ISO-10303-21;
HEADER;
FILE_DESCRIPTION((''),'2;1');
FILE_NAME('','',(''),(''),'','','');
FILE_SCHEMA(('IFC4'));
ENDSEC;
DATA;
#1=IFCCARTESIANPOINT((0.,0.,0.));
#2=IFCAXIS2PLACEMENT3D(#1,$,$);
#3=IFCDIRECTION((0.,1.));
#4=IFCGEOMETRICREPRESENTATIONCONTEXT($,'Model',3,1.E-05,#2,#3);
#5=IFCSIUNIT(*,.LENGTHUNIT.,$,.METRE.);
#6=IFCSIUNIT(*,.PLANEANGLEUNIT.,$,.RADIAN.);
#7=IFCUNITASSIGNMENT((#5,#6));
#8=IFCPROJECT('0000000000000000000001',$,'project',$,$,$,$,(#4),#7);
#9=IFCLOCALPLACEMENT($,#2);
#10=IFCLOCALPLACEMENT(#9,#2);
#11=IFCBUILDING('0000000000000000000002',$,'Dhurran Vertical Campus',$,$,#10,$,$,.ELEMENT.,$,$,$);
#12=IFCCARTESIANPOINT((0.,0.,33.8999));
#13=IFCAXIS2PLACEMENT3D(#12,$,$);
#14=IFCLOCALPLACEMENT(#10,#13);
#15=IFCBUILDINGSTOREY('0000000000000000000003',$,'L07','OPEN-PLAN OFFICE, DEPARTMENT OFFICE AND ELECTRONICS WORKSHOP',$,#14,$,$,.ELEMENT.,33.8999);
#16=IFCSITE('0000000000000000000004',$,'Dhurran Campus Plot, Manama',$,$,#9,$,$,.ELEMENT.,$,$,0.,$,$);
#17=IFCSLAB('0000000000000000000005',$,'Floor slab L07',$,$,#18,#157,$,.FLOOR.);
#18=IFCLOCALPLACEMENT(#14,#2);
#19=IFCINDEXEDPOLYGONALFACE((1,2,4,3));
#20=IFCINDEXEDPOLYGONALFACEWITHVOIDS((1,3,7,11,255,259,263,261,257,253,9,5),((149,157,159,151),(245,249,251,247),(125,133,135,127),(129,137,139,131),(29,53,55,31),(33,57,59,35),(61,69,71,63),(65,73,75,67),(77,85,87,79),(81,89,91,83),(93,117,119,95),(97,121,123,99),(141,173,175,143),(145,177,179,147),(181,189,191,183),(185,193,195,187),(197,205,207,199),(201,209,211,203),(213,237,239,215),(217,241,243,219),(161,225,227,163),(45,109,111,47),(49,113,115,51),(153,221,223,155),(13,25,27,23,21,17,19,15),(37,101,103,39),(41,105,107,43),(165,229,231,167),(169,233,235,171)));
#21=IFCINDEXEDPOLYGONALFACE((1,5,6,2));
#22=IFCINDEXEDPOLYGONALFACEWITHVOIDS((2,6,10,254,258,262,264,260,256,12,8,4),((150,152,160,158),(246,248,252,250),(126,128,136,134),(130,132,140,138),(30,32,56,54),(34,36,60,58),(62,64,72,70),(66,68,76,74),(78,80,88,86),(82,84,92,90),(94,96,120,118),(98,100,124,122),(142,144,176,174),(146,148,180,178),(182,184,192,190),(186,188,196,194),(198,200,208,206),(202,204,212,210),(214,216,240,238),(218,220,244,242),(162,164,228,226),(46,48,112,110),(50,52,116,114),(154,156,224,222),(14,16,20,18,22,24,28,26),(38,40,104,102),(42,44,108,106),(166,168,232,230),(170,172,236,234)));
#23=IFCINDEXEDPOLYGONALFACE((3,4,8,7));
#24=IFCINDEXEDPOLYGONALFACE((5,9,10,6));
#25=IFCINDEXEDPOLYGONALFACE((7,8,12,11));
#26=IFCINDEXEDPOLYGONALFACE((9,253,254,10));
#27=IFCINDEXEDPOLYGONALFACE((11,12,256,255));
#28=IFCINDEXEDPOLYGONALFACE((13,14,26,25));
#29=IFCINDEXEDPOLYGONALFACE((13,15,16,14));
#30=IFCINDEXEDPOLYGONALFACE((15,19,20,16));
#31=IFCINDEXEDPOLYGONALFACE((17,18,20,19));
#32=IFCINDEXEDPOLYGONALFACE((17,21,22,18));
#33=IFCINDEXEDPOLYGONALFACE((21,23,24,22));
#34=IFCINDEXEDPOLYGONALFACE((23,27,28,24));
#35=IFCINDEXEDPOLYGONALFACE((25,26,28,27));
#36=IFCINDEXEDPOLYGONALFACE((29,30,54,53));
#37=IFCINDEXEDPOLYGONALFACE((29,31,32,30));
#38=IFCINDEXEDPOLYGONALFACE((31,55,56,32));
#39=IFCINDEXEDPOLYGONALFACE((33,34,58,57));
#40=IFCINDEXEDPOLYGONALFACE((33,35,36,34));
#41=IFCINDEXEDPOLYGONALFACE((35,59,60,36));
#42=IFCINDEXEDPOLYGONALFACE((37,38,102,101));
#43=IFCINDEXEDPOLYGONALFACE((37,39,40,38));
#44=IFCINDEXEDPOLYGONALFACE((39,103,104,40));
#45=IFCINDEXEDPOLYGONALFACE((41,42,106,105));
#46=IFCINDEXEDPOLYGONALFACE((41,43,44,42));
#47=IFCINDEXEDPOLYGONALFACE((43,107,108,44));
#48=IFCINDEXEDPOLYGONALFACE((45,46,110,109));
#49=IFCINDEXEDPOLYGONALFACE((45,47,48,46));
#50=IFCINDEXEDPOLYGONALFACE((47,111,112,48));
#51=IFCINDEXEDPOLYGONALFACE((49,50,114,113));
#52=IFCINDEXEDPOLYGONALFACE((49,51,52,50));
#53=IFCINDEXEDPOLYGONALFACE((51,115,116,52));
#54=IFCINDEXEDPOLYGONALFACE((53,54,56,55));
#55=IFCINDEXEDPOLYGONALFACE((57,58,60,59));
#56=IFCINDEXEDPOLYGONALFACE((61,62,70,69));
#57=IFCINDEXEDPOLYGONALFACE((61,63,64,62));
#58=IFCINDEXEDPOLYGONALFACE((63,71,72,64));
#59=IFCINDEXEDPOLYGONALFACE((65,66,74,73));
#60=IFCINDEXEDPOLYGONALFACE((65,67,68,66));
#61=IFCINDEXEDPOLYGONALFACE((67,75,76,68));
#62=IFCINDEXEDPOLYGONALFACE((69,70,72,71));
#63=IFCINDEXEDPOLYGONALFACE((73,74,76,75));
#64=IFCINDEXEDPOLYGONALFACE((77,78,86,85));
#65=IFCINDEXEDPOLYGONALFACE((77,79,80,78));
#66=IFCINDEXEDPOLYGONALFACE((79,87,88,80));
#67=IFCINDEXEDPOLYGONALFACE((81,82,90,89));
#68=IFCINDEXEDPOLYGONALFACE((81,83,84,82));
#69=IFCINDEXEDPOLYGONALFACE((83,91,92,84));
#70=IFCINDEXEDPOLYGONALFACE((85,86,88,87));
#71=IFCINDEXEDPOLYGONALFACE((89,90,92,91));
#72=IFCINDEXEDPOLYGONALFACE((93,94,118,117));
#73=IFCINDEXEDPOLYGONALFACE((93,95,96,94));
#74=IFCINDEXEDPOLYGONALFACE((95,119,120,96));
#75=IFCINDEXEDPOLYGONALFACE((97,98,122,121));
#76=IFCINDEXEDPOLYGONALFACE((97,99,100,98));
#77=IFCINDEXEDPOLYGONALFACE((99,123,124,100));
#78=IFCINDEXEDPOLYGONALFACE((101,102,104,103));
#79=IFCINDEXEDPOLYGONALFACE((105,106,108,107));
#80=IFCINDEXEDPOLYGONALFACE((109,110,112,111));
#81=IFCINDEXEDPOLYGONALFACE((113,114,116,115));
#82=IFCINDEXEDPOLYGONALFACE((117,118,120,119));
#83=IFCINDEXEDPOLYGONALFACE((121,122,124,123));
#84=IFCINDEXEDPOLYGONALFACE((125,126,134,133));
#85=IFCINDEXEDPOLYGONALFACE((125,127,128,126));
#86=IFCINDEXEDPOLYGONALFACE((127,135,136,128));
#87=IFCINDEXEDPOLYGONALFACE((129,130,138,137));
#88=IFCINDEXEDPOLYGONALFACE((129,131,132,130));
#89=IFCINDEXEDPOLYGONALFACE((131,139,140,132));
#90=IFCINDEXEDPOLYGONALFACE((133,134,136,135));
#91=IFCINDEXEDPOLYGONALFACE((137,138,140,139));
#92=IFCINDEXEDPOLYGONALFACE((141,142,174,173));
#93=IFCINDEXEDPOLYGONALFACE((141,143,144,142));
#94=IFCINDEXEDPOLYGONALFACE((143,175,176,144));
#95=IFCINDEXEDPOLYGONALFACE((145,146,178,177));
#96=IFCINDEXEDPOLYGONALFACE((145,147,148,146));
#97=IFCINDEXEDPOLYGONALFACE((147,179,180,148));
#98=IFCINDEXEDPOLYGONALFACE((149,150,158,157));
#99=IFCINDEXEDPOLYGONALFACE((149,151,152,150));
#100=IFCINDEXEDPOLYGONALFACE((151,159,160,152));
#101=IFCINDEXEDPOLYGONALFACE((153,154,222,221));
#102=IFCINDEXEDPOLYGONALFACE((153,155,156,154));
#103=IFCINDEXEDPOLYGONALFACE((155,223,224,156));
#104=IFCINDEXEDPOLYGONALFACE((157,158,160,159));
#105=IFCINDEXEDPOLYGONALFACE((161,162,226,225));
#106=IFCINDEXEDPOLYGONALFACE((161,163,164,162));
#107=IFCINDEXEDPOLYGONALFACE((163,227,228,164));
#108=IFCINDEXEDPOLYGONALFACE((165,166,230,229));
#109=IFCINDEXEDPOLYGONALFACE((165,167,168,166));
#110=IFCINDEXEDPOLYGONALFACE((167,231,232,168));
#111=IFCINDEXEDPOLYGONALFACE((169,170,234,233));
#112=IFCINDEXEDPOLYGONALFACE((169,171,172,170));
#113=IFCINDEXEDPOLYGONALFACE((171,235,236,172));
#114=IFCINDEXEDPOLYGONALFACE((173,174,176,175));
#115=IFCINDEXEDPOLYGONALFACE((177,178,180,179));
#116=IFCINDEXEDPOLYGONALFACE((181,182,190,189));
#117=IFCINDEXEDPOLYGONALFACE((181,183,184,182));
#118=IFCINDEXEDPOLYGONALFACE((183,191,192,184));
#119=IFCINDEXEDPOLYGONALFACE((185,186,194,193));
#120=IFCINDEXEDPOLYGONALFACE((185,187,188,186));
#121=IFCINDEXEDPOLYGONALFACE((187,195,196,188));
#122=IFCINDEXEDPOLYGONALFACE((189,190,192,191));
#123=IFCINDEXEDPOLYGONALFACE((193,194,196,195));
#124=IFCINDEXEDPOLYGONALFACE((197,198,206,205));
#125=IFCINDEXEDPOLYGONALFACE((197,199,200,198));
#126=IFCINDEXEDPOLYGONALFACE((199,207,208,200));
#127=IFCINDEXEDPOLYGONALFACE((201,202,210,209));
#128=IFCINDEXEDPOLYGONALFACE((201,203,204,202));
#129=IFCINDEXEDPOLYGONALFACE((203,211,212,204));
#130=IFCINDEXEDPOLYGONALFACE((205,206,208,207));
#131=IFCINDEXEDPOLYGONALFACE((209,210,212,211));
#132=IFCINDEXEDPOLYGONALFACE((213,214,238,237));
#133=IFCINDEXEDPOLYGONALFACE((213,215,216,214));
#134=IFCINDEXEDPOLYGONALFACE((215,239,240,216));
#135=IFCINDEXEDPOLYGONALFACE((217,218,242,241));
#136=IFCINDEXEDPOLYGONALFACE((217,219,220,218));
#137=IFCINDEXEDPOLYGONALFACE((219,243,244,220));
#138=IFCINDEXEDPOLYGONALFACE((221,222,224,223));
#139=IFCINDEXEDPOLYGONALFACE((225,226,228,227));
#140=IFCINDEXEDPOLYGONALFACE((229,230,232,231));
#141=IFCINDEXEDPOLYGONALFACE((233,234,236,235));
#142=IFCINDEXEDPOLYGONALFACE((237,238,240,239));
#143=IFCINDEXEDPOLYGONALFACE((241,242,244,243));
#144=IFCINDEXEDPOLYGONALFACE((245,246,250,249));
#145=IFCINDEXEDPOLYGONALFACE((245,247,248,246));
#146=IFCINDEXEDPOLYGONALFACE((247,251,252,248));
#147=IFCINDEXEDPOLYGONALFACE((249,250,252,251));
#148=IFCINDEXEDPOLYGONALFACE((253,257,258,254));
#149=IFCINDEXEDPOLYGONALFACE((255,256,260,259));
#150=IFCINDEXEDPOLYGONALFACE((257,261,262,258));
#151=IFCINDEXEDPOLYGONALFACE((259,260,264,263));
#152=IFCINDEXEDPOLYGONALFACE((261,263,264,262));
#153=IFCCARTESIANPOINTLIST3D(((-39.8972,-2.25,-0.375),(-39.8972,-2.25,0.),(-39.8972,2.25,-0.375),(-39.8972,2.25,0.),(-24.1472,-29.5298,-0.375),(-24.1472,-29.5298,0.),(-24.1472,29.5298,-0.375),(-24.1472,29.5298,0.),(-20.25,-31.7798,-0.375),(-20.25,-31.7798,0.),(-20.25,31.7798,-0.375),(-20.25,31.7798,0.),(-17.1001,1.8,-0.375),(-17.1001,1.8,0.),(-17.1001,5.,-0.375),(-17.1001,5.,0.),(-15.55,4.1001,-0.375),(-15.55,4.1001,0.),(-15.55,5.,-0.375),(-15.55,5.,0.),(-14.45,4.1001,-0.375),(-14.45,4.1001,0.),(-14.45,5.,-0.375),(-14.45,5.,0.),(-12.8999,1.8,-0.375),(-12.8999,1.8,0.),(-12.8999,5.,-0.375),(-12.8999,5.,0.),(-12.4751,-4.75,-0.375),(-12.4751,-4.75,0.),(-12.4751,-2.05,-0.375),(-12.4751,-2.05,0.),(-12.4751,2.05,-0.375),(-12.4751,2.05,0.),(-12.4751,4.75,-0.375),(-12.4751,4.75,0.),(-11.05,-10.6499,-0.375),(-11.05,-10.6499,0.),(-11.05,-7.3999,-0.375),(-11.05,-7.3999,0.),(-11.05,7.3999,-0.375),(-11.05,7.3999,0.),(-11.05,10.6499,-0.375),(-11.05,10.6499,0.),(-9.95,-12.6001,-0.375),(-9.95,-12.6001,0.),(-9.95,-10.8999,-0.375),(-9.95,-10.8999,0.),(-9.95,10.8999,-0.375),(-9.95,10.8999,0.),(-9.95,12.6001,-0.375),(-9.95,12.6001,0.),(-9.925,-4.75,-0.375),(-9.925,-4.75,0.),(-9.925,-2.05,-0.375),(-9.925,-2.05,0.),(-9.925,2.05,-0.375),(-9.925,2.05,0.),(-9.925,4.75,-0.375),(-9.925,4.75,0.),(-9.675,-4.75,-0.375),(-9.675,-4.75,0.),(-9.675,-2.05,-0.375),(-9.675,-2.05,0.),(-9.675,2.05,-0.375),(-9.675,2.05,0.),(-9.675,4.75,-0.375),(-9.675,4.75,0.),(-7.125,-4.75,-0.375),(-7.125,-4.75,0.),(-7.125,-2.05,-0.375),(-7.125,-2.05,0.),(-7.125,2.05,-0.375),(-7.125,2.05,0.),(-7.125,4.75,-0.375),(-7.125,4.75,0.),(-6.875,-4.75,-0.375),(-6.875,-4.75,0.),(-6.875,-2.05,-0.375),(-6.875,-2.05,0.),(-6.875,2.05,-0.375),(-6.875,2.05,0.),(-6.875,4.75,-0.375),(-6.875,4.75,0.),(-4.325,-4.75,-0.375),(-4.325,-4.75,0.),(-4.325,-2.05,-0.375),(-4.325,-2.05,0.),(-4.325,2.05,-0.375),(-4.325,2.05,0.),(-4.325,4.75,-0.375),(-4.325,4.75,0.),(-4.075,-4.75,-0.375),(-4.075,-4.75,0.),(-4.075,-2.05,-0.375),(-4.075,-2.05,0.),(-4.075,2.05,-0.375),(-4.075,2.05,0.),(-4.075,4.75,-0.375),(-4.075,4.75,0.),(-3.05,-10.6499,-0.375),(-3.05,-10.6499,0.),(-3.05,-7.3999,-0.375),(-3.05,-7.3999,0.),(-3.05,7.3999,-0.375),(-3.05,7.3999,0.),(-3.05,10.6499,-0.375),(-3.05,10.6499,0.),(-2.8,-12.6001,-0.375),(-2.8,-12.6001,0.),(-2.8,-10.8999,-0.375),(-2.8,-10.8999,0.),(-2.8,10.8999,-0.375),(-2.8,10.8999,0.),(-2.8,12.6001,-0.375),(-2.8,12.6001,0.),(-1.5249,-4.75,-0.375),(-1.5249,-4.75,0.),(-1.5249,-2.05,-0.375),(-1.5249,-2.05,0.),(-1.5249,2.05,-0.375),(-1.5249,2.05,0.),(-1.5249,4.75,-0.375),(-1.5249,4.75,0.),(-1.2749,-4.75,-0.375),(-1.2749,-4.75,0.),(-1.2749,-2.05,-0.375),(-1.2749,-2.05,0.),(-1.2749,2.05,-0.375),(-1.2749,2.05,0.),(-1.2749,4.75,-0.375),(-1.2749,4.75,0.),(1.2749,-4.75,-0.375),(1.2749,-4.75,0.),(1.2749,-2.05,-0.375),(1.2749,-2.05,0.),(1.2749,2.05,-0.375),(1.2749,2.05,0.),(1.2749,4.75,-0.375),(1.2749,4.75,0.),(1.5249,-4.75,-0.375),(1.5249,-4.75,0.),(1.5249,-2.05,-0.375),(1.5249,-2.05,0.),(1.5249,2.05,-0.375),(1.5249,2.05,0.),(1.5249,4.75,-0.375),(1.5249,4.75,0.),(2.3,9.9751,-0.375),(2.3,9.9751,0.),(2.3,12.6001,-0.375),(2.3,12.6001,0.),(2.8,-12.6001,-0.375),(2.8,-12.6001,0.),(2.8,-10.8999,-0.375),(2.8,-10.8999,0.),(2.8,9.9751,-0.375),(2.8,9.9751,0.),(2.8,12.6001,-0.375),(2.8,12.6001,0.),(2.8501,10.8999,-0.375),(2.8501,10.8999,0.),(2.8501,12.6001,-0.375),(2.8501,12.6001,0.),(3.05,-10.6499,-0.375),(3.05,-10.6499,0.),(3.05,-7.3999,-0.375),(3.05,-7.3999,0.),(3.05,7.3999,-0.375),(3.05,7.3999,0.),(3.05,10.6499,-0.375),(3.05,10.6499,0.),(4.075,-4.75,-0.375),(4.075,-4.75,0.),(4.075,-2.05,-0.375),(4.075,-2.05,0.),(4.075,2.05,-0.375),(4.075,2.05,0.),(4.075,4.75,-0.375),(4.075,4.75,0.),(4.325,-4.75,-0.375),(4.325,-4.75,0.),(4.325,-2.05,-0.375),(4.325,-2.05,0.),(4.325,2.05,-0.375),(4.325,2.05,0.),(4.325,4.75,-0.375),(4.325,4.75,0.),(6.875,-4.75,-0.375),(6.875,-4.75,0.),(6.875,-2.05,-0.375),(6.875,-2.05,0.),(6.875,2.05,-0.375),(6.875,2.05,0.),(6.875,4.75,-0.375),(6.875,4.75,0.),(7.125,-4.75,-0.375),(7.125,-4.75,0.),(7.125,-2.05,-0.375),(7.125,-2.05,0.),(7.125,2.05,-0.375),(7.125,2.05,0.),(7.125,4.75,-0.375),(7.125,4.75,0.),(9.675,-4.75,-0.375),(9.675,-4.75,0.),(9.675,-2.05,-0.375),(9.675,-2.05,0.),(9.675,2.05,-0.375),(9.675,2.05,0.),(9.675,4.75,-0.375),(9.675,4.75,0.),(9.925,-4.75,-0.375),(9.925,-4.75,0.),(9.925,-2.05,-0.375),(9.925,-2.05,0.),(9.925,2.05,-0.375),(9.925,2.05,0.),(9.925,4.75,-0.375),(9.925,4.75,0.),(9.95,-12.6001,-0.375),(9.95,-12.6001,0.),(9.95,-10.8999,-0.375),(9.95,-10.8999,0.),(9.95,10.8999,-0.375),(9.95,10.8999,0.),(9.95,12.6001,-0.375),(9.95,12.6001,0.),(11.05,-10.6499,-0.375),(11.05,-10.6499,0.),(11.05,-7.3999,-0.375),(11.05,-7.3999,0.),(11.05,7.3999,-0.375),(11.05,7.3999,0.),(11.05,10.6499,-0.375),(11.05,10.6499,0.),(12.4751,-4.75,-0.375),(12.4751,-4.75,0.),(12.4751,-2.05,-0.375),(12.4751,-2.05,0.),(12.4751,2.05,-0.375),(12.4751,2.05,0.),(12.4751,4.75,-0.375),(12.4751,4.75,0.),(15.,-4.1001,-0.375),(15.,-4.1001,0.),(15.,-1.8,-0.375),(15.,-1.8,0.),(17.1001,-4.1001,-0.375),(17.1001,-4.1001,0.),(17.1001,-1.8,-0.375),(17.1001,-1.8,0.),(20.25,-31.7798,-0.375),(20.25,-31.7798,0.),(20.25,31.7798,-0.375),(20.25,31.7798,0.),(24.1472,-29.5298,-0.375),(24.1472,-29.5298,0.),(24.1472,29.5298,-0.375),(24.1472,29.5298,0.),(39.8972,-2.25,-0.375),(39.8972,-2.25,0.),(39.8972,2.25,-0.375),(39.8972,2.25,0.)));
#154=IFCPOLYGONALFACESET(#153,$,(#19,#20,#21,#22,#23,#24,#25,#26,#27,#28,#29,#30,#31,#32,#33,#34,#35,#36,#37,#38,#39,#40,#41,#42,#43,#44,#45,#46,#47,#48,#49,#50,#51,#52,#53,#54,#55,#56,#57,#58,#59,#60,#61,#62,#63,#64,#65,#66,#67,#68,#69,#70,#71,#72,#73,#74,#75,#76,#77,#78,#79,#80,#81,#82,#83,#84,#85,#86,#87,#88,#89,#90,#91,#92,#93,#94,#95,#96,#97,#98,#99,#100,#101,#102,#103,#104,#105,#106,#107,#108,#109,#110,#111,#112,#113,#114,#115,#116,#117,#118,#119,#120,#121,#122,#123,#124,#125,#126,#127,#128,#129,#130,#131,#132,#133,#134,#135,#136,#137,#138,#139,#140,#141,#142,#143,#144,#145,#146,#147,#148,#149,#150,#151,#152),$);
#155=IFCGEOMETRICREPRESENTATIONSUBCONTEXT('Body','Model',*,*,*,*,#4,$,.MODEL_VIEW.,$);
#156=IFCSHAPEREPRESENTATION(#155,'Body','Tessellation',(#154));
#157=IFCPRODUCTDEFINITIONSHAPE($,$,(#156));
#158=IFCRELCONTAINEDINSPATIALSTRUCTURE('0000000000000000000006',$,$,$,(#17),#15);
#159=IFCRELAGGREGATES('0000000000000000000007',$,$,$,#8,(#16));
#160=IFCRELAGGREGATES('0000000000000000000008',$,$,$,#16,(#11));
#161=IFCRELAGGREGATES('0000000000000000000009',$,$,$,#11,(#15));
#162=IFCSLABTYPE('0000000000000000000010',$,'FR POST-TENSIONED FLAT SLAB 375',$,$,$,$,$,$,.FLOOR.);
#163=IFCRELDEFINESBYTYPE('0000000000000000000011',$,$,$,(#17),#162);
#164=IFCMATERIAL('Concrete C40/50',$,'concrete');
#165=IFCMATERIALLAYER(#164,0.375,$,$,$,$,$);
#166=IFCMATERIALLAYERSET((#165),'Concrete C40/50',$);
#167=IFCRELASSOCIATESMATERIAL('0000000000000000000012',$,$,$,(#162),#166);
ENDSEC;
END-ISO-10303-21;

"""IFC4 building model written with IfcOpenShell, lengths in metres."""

from ifc_helpers import new_model, si_unit, direction, frame, origin, place, context, subcontext, project, spatial, polyline, outline, extrude, material, layer, layer_set, type_object, element, save


model = new_model("IFC4")

# Units and contexts
model_context = context("Model", 3, precision=1e-05, world=origin(), true_north=direction((0.0, 1.0)))
body_context = subcontext(model_context, "Body", "Model", "MODEL_VIEW")
ifc_project = project(units=[si_unit("LENGTHUNIT", "METRE"), si_unit("PLANEANGLEUNIT", "RADIAN")], contexts=[model_context])

# Site, building, storey
site_placement = place(None, origin())
site = spatial("IfcSite", under=ifc_project, at=site_placement, Name="Dhurran Campus Plot, Manama", CompositionType="ELEMENT", RefElevation=0.0)
building_placement = place(site_placement, origin())
building = spatial("IfcBuilding", under=site, at=building_placement, Name="Dhurran Vertical Campus", CompositionType="ELEMENT")
storey_placement = place(building_placement, frame((0.0, 0.0, 33.8999)))
storey = spatial("IfcBuildingStorey", under=building, at=storey_placement, Name="L07", Description="OPEN-PLAN OFFICE, DEPARTMENT OFFICE AND ELECTRONICS WORKSHOP", CompositionType="ELEMENT", Elevation=33.8999)

# Slab
ifc_material_1 = material(Name="Concrete C40/50", Category="concrete")
ifc_layer_1 = layer(ifc_material_1, 0.375)
ifc_layer_set_1 = layer_set([ifc_layer_1], Name="Concrete C40/50")
slab_type = type_object("IfcSlabType", Name="FR POST-TENSIONED FLAT SLAB 375", PredefinedType="FLOOR", material=ifc_layer_set_1)
slab_placement = place(storey_placement, frame((0.0, 0.0, -0.375)))
element("IfcSlab", 1, at=slab_placement, inside=storey, type_object=slab_type, Name="Floor slab L07", PredefinedType="FLOOR", context=body_context, shape_type="SweptSolid", body=[
    extrude(outline(polyline([(-20.25, -31.7798), (20.25, -31.7798), (24.1472, -29.5298), (39.8972, -2.25), (39.8972, 2.25), (24.1472, 29.5298), (20.25, 31.7798), (-20.25, 31.7798), (-24.1472, 29.5298), (-39.8972, 2.25), (-39.8972, -2.25), (-24.1472, -29.5298), (-20.25, -31.7798)]), holes=[polyline([(-12.4751, 2.05), (-9.925, 2.05), (-9.925, 4.75), (-12.4751, 4.75), (-12.4751, 2.05)]), polyline([(-9.675, 2.05), (-7.125, 2.05), (-7.125, 4.75), (-9.675, 4.75), (-9.675, 2.05)]), polyline([(-6.875, 2.05), (-4.325, 2.05), (-4.325, 4.75), (-6.875, 4.75), (-6.875, 2.05)]), polyline([(-1.2749, 2.05), (1.2749, 2.05), (1.2749, 4.75), (-1.2749, 4.75), (-1.2749, 2.05)]), polyline([(9.925, 2.05), (12.4751, 2.05), (12.4751, 4.75), (9.925, 4.75), (9.925, 2.05)]), polyline([(-1.2749, -4.75), (1.2749, -4.75), (1.2749, -2.05), (-1.2749, -2.05), (-1.2749, -4.75)]), polyline([(1.5249, -4.75), (4.075, -4.75), (4.075, -2.05), (1.5249, -2.05), (1.5249, -4.75)]), polyline([(4.325, -4.75), (6.875, -4.75), (6.875, -2.05), (4.325, -2.05), (4.325, -4.75)]), polyline([(7.125, -4.75), (9.675, -4.75), (9.675, -2.05), (7.125, -2.05), (7.125, -4.75)]), polyline([(9.925, -4.75), (12.4751, -4.75), (12.4751, -2.05), (9.925, -2.05), (9.925, -4.75)]), polyline([(-4.075, 2.05), (-1.5249, 2.05), (-1.5249, 4.75), (-4.075, 4.75), (-4.075, 2.05)]), polyline([(1.5249, 2.05), (4.075, 2.05), (4.075, 4.75), (1.5249, 4.75), (1.5249, 2.05)]), polyline([(4.325, 2.05), (6.875, 2.05), (6.875, 4.75), (4.325, 4.75), (4.325, 2.05)]), polyline([(7.125, 2.05), (9.675, 2.05), (9.675, 4.75), (7.125, 4.75), (7.125, 2.05)]), polyline([(-12.4751, -4.75), (-9.925, -4.75), (-9.925, -2.05), (-12.4751, -2.05), (-12.4751, -4.75)]), polyline([(-9.675, -4.75), (-7.125, -4.75), (-7.125, -2.05), (-9.675, -2.05), (-9.675, -4.75)]), polyline([(-6.875, -4.75), (-4.325, -4.75), (-4.325, -2.05), (-6.875, -2.05), (-6.875, -4.75)]), polyline([(-4.075, -4.75), (-1.5249, -4.75), (-1.5249, -2.05), (-4.075, -2.05), (-4.075, -4.75)]), polyline([(-11.05, 7.3999), (-3.05, 7.3999), (-3.05, 10.6499), (-11.05, 10.6499), (-11.05, 7.3999)]), polyline([(3.05, 7.3999), (11.05, 7.3999), (11.05, 10.6499), (3.05, 10.6499), (3.05, 7.3999)]), polyline([(-11.05, -10.6499), (-3.05, -10.6499), (-3.05, -7.3999), (-11.05, -7.3999), (-11.05, -10.6499)]), polyline([(3.05, -10.6499), (11.05, -10.6499), (11.05, -7.3999), (3.05, -7.3999), (3.05, -10.6499)]), polyline([(2.3, 9.9751), (2.3, 12.6001), (2.8, 12.6001), (2.8, 9.9751), (2.3, 9.9751)]), polyline([(-9.95, 10.8999), (-9.95, 12.6001), (-2.8, 12.6001), (-2.8, 10.8999), (-9.95, 10.8999)]), polyline([(9.95, 12.6001), (9.95, 10.8999), (2.8501, 10.8999), (2.8501, 12.6001), (9.95, 12.6001)]), polyline([(-9.95, -12.6001), (-9.95, -10.8999), (-2.8, -10.8999), (-2.8, -12.6001), (-9.95, -12.6001)]), polyline([(9.95, -10.8999), (9.95, -12.6001), (2.8, -12.6001), (2.8, -10.8999), (9.95, -10.8999)]), polyline([(17.1001, -4.1001), (15.0, -4.1001), (15.0, -1.8), (17.1001, -1.8), (17.1001, -4.1001)]), polyline([(-17.1001, 1.8), (-17.1001, 5.0), (-15.55, 5.0), (-15.55, 4.1001), (-14.45, 4.1001), (-14.45, 5.0), (-12.8999, 5.0), (-12.8999, 1.8), (-17.1001, 1.8)])]), origin(), (0.0, 0.0, 1.0), 0.375),
])

save(model, "model.ifc")
